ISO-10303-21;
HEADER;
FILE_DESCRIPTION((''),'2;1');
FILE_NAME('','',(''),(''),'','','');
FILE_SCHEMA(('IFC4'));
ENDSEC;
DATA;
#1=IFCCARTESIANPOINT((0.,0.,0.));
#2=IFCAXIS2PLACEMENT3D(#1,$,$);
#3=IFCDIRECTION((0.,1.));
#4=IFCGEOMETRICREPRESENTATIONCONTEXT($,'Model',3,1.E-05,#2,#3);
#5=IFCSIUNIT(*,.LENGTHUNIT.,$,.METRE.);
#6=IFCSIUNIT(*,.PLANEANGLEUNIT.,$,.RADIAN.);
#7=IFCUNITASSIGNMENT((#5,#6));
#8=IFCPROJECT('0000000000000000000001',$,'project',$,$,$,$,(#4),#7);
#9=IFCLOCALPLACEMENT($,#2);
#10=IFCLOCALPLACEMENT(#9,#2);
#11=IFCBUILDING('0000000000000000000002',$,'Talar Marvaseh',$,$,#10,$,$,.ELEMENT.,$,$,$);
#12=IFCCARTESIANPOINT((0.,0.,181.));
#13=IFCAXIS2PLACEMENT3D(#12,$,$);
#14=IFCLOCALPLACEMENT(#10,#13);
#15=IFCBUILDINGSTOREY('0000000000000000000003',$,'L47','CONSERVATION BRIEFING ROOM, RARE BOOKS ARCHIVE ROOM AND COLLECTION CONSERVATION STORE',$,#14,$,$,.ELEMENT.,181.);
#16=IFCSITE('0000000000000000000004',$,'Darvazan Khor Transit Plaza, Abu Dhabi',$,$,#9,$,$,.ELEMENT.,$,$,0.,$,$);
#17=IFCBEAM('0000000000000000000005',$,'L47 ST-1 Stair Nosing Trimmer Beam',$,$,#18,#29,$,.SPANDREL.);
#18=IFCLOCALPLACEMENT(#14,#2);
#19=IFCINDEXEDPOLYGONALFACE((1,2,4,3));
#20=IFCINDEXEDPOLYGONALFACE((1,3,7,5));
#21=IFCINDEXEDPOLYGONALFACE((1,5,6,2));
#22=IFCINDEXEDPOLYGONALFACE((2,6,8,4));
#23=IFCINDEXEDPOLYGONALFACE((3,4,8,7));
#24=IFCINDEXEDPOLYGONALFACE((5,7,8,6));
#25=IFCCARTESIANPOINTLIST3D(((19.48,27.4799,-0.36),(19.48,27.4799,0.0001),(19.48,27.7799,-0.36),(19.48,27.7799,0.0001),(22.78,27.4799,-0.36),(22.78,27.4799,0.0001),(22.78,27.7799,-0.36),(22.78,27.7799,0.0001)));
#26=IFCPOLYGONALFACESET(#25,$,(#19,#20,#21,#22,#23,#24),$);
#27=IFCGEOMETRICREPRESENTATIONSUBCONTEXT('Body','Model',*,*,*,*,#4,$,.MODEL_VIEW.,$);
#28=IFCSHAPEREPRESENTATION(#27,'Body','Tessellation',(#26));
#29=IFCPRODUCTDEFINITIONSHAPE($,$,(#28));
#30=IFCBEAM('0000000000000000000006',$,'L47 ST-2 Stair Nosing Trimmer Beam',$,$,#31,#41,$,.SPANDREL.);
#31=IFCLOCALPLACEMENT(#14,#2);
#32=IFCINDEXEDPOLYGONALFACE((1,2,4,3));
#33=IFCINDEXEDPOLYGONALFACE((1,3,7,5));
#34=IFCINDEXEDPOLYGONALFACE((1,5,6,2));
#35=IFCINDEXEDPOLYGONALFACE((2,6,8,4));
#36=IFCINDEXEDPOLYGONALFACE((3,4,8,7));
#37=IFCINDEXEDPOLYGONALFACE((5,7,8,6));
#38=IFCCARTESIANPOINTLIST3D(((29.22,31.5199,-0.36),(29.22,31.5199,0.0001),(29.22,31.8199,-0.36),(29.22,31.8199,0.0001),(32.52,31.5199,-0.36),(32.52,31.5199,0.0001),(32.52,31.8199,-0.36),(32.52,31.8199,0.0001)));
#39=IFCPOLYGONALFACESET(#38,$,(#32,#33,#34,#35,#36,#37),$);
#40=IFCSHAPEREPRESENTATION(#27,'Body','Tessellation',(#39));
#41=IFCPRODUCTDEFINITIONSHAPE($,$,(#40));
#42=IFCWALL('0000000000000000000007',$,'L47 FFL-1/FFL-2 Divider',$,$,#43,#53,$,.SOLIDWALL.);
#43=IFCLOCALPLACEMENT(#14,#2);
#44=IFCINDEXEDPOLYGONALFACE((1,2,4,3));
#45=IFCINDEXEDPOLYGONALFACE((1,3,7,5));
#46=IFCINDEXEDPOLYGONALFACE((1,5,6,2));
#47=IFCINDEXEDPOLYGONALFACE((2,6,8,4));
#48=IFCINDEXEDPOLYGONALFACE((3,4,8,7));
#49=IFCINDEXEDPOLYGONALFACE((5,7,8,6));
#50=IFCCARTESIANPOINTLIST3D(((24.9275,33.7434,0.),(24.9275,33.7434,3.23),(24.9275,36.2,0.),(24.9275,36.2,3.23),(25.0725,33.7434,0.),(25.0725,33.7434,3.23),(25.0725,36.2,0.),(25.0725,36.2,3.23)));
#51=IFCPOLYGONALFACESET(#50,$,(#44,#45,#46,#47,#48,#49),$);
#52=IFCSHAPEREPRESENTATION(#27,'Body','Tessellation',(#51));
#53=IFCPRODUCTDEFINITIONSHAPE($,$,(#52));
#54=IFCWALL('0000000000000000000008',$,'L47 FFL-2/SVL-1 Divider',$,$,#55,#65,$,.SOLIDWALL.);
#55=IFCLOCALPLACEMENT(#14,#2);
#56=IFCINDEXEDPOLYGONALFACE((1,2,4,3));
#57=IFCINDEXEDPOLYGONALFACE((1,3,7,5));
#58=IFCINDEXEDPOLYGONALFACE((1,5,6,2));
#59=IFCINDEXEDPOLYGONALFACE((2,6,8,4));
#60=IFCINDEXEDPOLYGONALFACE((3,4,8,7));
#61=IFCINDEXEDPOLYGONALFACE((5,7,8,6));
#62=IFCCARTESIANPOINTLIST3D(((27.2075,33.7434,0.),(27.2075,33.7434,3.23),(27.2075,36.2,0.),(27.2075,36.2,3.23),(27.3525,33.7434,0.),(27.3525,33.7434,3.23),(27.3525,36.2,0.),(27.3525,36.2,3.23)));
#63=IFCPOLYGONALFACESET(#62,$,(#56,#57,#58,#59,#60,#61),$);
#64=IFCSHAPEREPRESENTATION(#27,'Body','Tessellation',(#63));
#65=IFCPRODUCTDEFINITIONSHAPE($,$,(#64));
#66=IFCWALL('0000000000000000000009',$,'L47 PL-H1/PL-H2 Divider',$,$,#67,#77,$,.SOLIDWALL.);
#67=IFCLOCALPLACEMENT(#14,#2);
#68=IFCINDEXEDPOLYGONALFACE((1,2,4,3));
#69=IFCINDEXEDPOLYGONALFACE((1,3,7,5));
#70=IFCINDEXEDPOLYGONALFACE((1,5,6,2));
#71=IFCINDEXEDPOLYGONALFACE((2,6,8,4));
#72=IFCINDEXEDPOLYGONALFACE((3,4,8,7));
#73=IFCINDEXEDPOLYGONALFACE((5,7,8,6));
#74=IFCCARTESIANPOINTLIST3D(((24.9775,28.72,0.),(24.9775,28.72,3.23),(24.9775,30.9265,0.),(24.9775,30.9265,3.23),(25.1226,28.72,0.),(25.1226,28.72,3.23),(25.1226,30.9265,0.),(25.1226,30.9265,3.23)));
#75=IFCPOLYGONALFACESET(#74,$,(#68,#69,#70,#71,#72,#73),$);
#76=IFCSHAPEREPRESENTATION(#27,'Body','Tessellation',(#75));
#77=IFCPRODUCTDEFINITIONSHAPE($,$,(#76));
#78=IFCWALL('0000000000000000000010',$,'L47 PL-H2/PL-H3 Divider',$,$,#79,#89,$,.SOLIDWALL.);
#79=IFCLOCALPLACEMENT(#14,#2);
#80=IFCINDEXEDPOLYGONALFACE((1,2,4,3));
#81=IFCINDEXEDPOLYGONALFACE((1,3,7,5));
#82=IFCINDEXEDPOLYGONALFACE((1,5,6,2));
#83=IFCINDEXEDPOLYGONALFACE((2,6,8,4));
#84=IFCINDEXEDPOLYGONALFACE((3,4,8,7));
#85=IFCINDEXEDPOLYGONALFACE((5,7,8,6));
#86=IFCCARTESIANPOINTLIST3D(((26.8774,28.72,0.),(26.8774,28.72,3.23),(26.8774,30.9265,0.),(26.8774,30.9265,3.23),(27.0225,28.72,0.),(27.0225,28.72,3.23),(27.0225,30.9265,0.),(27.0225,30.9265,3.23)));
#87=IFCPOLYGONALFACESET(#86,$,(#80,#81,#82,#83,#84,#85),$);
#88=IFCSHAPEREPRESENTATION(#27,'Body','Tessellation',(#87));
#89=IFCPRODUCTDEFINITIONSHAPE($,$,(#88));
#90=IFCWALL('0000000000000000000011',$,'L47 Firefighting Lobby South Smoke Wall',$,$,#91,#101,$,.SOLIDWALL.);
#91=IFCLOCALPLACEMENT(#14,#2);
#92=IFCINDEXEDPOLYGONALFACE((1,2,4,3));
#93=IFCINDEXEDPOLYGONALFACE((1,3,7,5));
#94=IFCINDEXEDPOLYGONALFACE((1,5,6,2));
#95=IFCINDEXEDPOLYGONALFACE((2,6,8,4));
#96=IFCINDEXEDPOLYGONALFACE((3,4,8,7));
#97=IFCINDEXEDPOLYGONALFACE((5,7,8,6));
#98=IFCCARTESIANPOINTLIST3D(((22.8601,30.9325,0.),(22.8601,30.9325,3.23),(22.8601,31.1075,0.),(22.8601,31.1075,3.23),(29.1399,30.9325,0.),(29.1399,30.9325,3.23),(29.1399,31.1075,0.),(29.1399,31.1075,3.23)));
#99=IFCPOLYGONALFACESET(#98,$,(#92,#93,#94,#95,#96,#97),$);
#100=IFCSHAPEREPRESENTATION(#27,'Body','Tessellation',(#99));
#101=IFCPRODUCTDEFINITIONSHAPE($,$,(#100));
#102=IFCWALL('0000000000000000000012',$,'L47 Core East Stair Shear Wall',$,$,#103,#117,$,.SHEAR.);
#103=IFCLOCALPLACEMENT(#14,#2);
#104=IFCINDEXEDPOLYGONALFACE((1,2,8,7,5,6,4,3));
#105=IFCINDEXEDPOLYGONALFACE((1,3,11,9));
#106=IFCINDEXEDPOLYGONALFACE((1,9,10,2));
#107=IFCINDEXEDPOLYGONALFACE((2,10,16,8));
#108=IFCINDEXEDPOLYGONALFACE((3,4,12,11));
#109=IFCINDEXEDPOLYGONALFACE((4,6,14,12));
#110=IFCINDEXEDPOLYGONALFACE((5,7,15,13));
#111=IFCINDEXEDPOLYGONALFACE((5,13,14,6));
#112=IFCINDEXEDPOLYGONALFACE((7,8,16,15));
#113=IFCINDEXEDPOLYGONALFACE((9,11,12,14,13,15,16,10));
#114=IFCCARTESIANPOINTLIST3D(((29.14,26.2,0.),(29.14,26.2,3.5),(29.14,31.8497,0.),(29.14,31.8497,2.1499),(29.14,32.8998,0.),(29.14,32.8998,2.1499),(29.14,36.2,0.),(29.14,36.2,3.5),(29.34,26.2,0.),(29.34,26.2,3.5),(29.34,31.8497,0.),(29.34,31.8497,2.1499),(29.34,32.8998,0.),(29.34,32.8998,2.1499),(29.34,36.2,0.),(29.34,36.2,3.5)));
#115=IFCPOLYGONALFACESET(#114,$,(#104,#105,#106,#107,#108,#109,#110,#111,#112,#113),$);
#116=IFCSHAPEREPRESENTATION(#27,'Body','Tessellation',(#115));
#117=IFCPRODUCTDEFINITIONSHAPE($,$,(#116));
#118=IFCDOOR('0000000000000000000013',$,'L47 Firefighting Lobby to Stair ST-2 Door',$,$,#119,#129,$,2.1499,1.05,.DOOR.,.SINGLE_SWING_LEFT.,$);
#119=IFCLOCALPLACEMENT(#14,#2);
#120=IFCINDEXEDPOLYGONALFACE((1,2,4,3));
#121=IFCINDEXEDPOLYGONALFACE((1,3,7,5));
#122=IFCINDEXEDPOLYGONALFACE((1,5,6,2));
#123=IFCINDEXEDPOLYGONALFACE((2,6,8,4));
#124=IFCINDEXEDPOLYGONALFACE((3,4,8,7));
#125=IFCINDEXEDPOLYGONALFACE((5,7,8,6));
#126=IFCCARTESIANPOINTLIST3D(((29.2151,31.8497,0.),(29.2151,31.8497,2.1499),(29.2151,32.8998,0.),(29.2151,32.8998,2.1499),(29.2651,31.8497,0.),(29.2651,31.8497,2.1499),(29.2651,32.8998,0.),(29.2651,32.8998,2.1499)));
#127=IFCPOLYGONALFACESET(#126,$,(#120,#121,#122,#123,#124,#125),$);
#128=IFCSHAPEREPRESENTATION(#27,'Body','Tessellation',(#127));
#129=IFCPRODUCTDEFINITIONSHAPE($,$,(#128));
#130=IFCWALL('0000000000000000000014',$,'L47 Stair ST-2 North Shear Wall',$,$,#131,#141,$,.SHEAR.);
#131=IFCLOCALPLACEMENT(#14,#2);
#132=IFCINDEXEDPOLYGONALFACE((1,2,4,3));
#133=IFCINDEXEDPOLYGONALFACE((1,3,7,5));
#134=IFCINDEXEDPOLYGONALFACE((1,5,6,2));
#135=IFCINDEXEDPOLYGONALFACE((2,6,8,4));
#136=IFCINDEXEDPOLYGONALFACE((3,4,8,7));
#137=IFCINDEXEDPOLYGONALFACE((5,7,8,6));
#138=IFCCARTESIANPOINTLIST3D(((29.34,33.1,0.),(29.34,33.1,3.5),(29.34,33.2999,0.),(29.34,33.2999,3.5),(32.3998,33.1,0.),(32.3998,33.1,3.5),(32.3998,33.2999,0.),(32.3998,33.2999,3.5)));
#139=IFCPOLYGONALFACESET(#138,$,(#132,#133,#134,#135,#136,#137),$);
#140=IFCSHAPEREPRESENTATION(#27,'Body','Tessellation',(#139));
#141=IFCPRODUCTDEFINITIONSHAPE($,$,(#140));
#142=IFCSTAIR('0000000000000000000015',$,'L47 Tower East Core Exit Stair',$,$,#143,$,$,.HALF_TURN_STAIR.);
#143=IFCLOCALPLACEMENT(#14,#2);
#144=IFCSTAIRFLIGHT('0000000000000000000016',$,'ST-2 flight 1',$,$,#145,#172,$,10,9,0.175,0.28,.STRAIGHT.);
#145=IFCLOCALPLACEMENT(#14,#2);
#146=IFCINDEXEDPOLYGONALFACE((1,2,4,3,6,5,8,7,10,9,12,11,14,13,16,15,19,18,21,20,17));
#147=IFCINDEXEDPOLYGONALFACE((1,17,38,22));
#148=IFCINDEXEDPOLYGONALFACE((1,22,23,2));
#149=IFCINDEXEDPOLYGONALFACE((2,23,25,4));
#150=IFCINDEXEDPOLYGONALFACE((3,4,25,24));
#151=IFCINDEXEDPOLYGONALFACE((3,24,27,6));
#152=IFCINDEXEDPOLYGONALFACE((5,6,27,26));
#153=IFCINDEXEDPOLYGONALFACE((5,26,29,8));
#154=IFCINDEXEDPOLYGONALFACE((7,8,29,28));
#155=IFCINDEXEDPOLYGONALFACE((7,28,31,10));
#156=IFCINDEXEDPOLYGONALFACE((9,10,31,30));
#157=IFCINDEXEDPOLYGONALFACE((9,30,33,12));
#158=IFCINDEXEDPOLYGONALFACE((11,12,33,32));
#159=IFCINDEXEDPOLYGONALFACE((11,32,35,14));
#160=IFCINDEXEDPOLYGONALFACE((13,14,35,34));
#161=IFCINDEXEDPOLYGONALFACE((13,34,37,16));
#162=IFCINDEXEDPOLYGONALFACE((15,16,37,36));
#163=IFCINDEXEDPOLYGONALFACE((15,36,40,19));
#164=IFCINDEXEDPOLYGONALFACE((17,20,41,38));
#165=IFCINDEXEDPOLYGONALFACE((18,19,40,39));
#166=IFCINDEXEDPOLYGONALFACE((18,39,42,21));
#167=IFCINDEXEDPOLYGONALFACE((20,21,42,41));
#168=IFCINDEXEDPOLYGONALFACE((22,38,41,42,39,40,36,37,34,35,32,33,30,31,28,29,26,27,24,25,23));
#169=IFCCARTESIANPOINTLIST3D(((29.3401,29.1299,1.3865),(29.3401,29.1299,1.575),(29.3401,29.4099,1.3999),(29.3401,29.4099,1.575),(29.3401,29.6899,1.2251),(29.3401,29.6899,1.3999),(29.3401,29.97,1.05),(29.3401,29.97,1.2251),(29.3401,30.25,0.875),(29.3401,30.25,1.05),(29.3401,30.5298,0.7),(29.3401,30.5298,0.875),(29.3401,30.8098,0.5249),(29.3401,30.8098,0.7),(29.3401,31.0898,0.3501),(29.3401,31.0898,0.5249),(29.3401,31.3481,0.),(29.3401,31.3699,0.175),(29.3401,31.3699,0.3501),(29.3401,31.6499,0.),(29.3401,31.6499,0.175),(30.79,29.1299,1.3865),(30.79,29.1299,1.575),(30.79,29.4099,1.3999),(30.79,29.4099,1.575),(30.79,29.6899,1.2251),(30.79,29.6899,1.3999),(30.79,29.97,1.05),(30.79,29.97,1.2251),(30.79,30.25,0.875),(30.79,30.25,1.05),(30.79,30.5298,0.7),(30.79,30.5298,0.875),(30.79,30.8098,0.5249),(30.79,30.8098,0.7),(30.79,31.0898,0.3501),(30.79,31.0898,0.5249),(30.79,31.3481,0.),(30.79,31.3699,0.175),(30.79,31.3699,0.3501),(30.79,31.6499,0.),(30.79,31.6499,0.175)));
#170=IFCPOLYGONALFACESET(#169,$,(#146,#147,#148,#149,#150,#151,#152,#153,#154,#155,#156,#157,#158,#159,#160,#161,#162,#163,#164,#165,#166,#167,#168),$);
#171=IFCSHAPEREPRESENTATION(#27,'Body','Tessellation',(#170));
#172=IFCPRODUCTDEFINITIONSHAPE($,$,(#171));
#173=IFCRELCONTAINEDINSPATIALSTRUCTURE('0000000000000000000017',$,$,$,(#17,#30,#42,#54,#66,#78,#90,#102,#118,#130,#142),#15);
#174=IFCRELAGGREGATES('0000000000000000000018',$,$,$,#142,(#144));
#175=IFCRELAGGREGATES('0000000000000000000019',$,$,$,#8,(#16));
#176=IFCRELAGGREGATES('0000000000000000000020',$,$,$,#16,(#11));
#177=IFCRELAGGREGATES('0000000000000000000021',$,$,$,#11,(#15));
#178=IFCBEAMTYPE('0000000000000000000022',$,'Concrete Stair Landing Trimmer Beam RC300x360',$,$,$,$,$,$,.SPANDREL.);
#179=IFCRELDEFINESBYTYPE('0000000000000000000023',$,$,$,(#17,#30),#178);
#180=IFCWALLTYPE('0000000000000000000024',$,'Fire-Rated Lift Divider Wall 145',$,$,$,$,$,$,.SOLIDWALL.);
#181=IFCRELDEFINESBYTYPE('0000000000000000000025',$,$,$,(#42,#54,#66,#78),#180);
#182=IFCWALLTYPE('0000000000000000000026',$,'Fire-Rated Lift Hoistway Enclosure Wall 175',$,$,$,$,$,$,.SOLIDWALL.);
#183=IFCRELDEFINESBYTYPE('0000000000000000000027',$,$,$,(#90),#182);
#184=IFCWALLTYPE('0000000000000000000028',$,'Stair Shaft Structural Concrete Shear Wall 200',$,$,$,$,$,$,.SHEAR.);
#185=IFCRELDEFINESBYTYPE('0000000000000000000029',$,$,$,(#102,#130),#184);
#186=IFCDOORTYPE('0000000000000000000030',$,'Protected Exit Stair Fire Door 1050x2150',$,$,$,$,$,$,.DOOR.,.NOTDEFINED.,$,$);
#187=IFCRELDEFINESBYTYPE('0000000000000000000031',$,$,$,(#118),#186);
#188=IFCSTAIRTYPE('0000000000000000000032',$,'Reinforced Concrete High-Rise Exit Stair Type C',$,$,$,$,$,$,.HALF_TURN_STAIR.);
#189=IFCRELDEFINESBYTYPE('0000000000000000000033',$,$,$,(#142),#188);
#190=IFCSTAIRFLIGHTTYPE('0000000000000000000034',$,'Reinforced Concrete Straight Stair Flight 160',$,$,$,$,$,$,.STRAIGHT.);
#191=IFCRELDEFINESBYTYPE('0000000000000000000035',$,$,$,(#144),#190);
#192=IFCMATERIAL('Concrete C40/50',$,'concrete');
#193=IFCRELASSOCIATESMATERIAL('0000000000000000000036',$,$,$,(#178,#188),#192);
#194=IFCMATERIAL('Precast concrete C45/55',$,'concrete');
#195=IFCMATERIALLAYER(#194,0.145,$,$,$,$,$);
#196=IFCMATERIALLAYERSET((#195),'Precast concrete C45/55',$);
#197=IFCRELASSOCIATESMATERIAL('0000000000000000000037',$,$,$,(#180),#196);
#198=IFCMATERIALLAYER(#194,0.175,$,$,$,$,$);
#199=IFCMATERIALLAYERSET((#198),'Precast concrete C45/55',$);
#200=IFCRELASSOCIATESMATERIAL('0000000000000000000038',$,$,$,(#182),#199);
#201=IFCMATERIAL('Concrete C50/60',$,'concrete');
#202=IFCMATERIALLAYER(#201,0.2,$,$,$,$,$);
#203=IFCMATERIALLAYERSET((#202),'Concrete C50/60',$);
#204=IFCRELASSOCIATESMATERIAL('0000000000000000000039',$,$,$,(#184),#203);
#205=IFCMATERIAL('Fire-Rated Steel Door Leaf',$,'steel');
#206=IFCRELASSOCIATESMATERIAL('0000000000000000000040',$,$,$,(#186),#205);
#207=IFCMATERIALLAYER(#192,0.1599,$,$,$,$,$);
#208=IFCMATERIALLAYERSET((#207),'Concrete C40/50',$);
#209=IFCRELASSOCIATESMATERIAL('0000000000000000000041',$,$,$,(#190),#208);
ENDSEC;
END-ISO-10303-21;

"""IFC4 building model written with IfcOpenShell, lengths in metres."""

from ifc_helpers import new_model, si_unit, direction, frame, frame_2d, origin, origin_2d, place, context, subcontext, project, spatial, polyline, rectangle, outline, extrude, source, transform, mapped, material, layer, layer_set, material_profile, profile_set, type_object, type_shapes, element, fill, aggregate, save


model = new_model("IFC4")

# Units and contexts
model_context = context("Model", 3, precision=1e-05, world=origin(), true_north=direction((0.0, 1.0)))
body_context = subcontext(model_context, "Body", "Model", "MODEL_VIEW")
ifc_project = project(units=[si_unit("LENGTHUNIT", "METRE"), si_unit("PLANEANGLEUNIT", "RADIAN")], contexts=[model_context])

# Site, building, storey
site_placement = place(None, origin())
site = spatial("IfcSite", under=ifc_project, at=site_placement, Name="Darvazan Khor Transit Plaza, Abu Dhabi", CompositionType="ELEMENT", RefElevation=0.0)
building_placement = place(site_placement, origin())
building = spatial("IfcBuilding", under=site, at=building_placement, Name="Talar Marvaseh", CompositionType="ELEMENT")
storey_placement = place(building_placement, frame((0.0, 0.0, 181.0)))
storey = spatial("IfcBuildingStorey", under=building, at=storey_placement, Name="L47", Description="CONSERVATION BRIEFING ROOM, RARE BOOKS ARCHIVE ROOM AND COLLECTION CONSERVATION STORE", CompositionType="ELEMENT", Elevation=181.0)

# Beams
ifc_material_1 = material(Name="Concrete C40/50", Category="concrete")
ifc_material_profile = material_profile(ifc_material_1, rectangle(XDim=0.3, YDim=0.3601, at=origin_2d()), Name="RC300x360")
ifc_profile_set = profile_set([ifc_material_profile], Name="Concrete C40/50")
beam_type = type_object("IfcBeamType", Name="Concrete Stair Landing Trimmer Beam RC300x360", PredefinedType="SPANDREL", material=ifc_profile_set)
for number, where, z_axis, x_axis, name in (
    (1, (22.78, 27.6299, -0.1799), (-1.0, 0.0, 0.0), (0.0, -1.0, 0.0), "L47 ST-1 Stair Nosing Trimmer Beam"),
    (2, (29.22, 31.6699, -0.1799), (1.0, 0.0, 0.0), (0.0, 1.0, 0.0), "L47 ST-2 Stair Nosing Trimmer Beam"),
):
    element("IfcBeam", number, at=place(storey_placement, frame(where, z_axis=z_axis, x_axis=x_axis)), inside=storey, type_object=beam_type, Name=name, PredefinedType="SPANDREL", context=body_context, shape_type="SweptSolid", body=[
        extrude(rectangle(XDim=0.3, YDim=0.3601, at=origin_2d()), origin(), (0.0, 0.0, 1.0), 3.3),
    ])

# Walls
ifc_material_2 = material(Name="Precast concrete C45/55", Category="concrete")
ifc_layer_1 = layer(ifc_material_2, 0.145)
ifc_layer_set_1 = layer_set([ifc_layer_1], Name="Precast concrete C45/55")
wall_type_1 = type_object("IfcWallType", Name="Fire-Rated Lift Divider Wall 145", PredefinedType="SOLIDWALL", material=ifc_layer_set_1)
for number, where, z_axis, x_axis, name in (
    (3, (25.0, 33.7434, 0.0), (0.0, 0.0, 1.0), (0.0, 1.0, 0.0), "L47 FFL-1/FFL-2 Divider"),
    (4, (27.28, 33.7434, 0.0), (0.0, 0.0, 1.0), (0.0, 1.0, 0.0), "L47 FFL-2/SVL-1 Divider"),
):
    element("IfcWall", number, at=place(storey_placement, frame(where, z_axis=z_axis, x_axis=x_axis)), inside=storey, type_object=wall_type_1, Name=name, PredefinedType="SOLIDWALL", context=body_context, shape_type="SweptSolid", body=[
        extrude(rectangle(XDim=2.4565, YDim=0.145, at=frame_2d((1.2283, 0.0))), origin(), (0.0, 0.0, 1.0), 3.23),
    ])
for number, where, z_axis, x_axis, name in (
    (5, (25.05, 28.72, 0.0), (0.0, 0.0, 1.0), (0.0, 1.0, 0.0), "L47 PL-H1/PL-H2 Divider"),
    (6, (26.95, 28.72, 0.0), (0.0, 0.0, 1.0), (0.0, 1.0, 0.0), "L47 PL-H2/PL-H3 Divider"),
):
    element("IfcWall", number, at=place(storey_placement, frame(where, z_axis=z_axis, x_axis=x_axis)), inside=storey, type_object=wall_type_1, Name=name, PredefinedType="SOLIDWALL", context=body_context, shape_type="SweptSolid", body=[
        extrude(rectangle(XDim=2.2065, YDim=0.145, at=frame_2d((1.1033, 0.0))), origin(), (0.0, 0.0, 1.0), 3.23),
    ])

# Shared definitions
ifc_layer_2 = layer(ifc_material_2, 0.175)
ifc_layer_set_2 = layer_set([ifc_layer_2], Name="Precast concrete C45/55")
wall_type_2 = type_object("IfcWallType", Name="Fire-Rated Lift Hoistway Enclosure Wall 175", PredefinedType="SOLIDWALL", material=ifc_layer_set_2)

# Wall
wall_1_placement = place(storey_placement, frame((22.8601, 31.02, 0.0), z_axis=(0.0, 0.0, 1.0), x_axis=(1.0, 0.0, 0.0)))
element("IfcWall", 7, at=wall_1_placement, inside=storey, type_object=wall_type_2, Name="L47 Firefighting Lobby South Smoke Wall", PredefinedType="SOLIDWALL", context=body_context, shape_type="SweptSolid", body=[
    extrude(rectangle(XDim=6.2798, YDim=0.175, at=frame_2d((3.1399, 0.0))), origin(), (0.0, 0.0, 1.0), 3.23),
])

# Wall, opening, door
ifc_material_3 = material(Name="Concrete C50/60", Category="concrete")
ifc_layer_3 = layer(ifc_material_3, 0.2)
ifc_layer_set_3 = layer_set([ifc_layer_3], Name="Concrete C50/60")
wall_type_3 = type_object("IfcWallType", Name="Stair Shaft Structural Concrete Shear Wall 200", PredefinedType="SHEAR", material=ifc_layer_set_3)
wall_2_placement = place(storey_placement, frame((29.24, 26.2, 0.0), z_axis=(0.0, 0.0, 1.0), x_axis=(0.0, 1.0, 0.0)))
wall_2 = element("IfcWall", 8, at=wall_2_placement, inside=storey, type_object=wall_type_3, Name="L47 Core East Stair Shear Wall", PredefinedType="SHEAR", context=body_context, shape_type="SweptSolid", body=[
    extrude(rectangle(XDim=10.0, YDim=0.2, at=frame_2d((5.0, 0.0))), origin(), (0.0, 0.0, 1.0), 3.5),
])
opening_1_placement = place(wall_2_placement, frame((5.6499, 0.0, 0.0)))
opening_1 = element("IfcOpeningElement", 9, at=opening_1_placement, cuts=wall_2, PredefinedType="OPENING", context=body_context, shape_type="SweptSolid", body=[
    extrude(rectangle(XDim=1.05, YDim=2.1499, at=frame_2d((0.5249, 1.075))), frame((0.0, 0.1099, 0.0), z_axis=(0.0, -1.0, 0.0), x_axis=(1.0, 0.0, 0.0)), (0.0, 0.0, 1.0), 0.22),
])
ifc_material_4 = material(Name="Fire-Rated Steel Door Leaf", Category="steel")
door_type_1 = type_object("IfcDoorType", Name="Protected Exit Stair Fire Door 1050x2150", OperationType="NOTDEFINED", PredefinedType="DOOR", material=ifc_material_4)
shared_shape_1 = source(origin(), body_context, "Body", "SweptSolid", [
    extrude(rectangle(XDim=1.05, YDim=2.1499, at=frame_2d((0.5249, 1.075))), frame((0.0, 0.0249, 0.0), z_axis=(0.0, -1.0, 0.0), x_axis=(1.0, 0.0, 0.0)), (0.0, 0.0, 1.0), 0.05),
])
type_shapes(door_type_1, [shared_shape_1])
door_1_placement = place(opening_1_placement, origin())
door_1 = element("IfcDoor", 10, at=door_1_placement, inside=storey, type_object=door_type_1, Name="L47 Firefighting Lobby to Stair ST-2 Door", OperationType="SINGLE_SWING_LEFT", OverallHeight=2.1499, OverallWidth=1.05, PredefinedType="DOOR", context=body_context, shape_type="MappedRepresentation", body=[
    mapped(shared_shape_1, transform((0.0, 0.0, 0.0), x_axis=(1.0, 0.0, 0.0), y_axis=(0.0, 1.0, 0.0), z_axis=(0.0, 0.0, 1.0), scale=1.0)),
])
fill(opening_1, door_1)

# Wall
wall_3_placement = place(storey_placement, frame((29.3401, 33.2, 0.0), z_axis=(0.0, 0.0, 1.0), x_axis=(1.0, 0.0, 0.0)))
element("IfcWall", 11, at=wall_3_placement, inside=storey, type_object=wall_type_3, Name="L47 Stair ST-2 North Shear Wall", PredefinedType="SHEAR", context=body_context, shape_type="SweptSolid", body=[
    extrude(rectangle(XDim=3.0598, YDim=0.2, at=frame_2d((1.5298, 0.0))), origin(), (0.0, 0.0, 1.0), 3.5),
])

# Stair, stair flight
stair_type = type_object("IfcStairType", Name="Reinforced Concrete High-Rise Exit Stair Type C", PredefinedType="HALF_TURN_STAIR", material=ifc_material_1)
stair_placement = place(storey_placement, origin())
stair = element("IfcStair", 12, at=stair_placement, inside=storey, type_object=stair_type, Name="L47 Tower East Core Exit Stair", PredefinedType="HALF_TURN_STAIR")
ifc_layer_4 = layer(ifc_material_1, 0.1599)
ifc_layer_set_4 = layer_set([ifc_layer_4], Name="Concrete C40/50")
stair_flight_type = type_object("IfcStairFlightType", Name="Reinforced Concrete Straight Stair Flight 160", PredefinedType="STRAIGHT", material=ifc_layer_set_4)
stair_flight_1_placement = place(storey_placement, frame((30.0649, 31.6499, 0.0), z_axis=(0.0, 0.0, 1.0), x_axis=(0.0, -1.0, 0.0)))
stair_flight_1 = element("IfcStairFlight", 13, at=stair_flight_1_placement, type_object=stair_flight_type, Name="ST-2 flight 1", NumberOfRisers=10, NumberOfTreads=9, PredefinedType="STRAIGHT", RiserHeight=0.175, TreadLength=0.28, context=body_context, shape_type="SweptSolid", body=[
    extrude(outline(polyline([(0.0, 0.0), (0.0, 0.175), (0.28, 0.175), (0.28, 0.3501), (0.5601, 0.3501), (0.5601, 0.5249), (0.8401, 0.5249), (0.8401, 0.7), (1.1201, 0.7), (1.1201, 0.875), (1.3999, 0.875), (1.3999, 1.05), (1.6799, 1.05), (1.6799, 1.2251), (1.96, 1.2251), (1.96, 1.3999), (2.24, 1.3999), (2.24, 1.575), (2.52, 1.575), (2.52, 1.75), (2.52, 1.3865), (0.3018, 0.0), (0.0, 0.0)])), frame((0.0, 0.7251, 0.0), z_axis=(0.0, -1.0, 0.0), x_axis=(1.0, 0.0, 0.0)), (0.0, 0.0, 1.0), 1.45),
])
aggregate(stair, [stair_flight_1])

save(model, "model.ifc")
